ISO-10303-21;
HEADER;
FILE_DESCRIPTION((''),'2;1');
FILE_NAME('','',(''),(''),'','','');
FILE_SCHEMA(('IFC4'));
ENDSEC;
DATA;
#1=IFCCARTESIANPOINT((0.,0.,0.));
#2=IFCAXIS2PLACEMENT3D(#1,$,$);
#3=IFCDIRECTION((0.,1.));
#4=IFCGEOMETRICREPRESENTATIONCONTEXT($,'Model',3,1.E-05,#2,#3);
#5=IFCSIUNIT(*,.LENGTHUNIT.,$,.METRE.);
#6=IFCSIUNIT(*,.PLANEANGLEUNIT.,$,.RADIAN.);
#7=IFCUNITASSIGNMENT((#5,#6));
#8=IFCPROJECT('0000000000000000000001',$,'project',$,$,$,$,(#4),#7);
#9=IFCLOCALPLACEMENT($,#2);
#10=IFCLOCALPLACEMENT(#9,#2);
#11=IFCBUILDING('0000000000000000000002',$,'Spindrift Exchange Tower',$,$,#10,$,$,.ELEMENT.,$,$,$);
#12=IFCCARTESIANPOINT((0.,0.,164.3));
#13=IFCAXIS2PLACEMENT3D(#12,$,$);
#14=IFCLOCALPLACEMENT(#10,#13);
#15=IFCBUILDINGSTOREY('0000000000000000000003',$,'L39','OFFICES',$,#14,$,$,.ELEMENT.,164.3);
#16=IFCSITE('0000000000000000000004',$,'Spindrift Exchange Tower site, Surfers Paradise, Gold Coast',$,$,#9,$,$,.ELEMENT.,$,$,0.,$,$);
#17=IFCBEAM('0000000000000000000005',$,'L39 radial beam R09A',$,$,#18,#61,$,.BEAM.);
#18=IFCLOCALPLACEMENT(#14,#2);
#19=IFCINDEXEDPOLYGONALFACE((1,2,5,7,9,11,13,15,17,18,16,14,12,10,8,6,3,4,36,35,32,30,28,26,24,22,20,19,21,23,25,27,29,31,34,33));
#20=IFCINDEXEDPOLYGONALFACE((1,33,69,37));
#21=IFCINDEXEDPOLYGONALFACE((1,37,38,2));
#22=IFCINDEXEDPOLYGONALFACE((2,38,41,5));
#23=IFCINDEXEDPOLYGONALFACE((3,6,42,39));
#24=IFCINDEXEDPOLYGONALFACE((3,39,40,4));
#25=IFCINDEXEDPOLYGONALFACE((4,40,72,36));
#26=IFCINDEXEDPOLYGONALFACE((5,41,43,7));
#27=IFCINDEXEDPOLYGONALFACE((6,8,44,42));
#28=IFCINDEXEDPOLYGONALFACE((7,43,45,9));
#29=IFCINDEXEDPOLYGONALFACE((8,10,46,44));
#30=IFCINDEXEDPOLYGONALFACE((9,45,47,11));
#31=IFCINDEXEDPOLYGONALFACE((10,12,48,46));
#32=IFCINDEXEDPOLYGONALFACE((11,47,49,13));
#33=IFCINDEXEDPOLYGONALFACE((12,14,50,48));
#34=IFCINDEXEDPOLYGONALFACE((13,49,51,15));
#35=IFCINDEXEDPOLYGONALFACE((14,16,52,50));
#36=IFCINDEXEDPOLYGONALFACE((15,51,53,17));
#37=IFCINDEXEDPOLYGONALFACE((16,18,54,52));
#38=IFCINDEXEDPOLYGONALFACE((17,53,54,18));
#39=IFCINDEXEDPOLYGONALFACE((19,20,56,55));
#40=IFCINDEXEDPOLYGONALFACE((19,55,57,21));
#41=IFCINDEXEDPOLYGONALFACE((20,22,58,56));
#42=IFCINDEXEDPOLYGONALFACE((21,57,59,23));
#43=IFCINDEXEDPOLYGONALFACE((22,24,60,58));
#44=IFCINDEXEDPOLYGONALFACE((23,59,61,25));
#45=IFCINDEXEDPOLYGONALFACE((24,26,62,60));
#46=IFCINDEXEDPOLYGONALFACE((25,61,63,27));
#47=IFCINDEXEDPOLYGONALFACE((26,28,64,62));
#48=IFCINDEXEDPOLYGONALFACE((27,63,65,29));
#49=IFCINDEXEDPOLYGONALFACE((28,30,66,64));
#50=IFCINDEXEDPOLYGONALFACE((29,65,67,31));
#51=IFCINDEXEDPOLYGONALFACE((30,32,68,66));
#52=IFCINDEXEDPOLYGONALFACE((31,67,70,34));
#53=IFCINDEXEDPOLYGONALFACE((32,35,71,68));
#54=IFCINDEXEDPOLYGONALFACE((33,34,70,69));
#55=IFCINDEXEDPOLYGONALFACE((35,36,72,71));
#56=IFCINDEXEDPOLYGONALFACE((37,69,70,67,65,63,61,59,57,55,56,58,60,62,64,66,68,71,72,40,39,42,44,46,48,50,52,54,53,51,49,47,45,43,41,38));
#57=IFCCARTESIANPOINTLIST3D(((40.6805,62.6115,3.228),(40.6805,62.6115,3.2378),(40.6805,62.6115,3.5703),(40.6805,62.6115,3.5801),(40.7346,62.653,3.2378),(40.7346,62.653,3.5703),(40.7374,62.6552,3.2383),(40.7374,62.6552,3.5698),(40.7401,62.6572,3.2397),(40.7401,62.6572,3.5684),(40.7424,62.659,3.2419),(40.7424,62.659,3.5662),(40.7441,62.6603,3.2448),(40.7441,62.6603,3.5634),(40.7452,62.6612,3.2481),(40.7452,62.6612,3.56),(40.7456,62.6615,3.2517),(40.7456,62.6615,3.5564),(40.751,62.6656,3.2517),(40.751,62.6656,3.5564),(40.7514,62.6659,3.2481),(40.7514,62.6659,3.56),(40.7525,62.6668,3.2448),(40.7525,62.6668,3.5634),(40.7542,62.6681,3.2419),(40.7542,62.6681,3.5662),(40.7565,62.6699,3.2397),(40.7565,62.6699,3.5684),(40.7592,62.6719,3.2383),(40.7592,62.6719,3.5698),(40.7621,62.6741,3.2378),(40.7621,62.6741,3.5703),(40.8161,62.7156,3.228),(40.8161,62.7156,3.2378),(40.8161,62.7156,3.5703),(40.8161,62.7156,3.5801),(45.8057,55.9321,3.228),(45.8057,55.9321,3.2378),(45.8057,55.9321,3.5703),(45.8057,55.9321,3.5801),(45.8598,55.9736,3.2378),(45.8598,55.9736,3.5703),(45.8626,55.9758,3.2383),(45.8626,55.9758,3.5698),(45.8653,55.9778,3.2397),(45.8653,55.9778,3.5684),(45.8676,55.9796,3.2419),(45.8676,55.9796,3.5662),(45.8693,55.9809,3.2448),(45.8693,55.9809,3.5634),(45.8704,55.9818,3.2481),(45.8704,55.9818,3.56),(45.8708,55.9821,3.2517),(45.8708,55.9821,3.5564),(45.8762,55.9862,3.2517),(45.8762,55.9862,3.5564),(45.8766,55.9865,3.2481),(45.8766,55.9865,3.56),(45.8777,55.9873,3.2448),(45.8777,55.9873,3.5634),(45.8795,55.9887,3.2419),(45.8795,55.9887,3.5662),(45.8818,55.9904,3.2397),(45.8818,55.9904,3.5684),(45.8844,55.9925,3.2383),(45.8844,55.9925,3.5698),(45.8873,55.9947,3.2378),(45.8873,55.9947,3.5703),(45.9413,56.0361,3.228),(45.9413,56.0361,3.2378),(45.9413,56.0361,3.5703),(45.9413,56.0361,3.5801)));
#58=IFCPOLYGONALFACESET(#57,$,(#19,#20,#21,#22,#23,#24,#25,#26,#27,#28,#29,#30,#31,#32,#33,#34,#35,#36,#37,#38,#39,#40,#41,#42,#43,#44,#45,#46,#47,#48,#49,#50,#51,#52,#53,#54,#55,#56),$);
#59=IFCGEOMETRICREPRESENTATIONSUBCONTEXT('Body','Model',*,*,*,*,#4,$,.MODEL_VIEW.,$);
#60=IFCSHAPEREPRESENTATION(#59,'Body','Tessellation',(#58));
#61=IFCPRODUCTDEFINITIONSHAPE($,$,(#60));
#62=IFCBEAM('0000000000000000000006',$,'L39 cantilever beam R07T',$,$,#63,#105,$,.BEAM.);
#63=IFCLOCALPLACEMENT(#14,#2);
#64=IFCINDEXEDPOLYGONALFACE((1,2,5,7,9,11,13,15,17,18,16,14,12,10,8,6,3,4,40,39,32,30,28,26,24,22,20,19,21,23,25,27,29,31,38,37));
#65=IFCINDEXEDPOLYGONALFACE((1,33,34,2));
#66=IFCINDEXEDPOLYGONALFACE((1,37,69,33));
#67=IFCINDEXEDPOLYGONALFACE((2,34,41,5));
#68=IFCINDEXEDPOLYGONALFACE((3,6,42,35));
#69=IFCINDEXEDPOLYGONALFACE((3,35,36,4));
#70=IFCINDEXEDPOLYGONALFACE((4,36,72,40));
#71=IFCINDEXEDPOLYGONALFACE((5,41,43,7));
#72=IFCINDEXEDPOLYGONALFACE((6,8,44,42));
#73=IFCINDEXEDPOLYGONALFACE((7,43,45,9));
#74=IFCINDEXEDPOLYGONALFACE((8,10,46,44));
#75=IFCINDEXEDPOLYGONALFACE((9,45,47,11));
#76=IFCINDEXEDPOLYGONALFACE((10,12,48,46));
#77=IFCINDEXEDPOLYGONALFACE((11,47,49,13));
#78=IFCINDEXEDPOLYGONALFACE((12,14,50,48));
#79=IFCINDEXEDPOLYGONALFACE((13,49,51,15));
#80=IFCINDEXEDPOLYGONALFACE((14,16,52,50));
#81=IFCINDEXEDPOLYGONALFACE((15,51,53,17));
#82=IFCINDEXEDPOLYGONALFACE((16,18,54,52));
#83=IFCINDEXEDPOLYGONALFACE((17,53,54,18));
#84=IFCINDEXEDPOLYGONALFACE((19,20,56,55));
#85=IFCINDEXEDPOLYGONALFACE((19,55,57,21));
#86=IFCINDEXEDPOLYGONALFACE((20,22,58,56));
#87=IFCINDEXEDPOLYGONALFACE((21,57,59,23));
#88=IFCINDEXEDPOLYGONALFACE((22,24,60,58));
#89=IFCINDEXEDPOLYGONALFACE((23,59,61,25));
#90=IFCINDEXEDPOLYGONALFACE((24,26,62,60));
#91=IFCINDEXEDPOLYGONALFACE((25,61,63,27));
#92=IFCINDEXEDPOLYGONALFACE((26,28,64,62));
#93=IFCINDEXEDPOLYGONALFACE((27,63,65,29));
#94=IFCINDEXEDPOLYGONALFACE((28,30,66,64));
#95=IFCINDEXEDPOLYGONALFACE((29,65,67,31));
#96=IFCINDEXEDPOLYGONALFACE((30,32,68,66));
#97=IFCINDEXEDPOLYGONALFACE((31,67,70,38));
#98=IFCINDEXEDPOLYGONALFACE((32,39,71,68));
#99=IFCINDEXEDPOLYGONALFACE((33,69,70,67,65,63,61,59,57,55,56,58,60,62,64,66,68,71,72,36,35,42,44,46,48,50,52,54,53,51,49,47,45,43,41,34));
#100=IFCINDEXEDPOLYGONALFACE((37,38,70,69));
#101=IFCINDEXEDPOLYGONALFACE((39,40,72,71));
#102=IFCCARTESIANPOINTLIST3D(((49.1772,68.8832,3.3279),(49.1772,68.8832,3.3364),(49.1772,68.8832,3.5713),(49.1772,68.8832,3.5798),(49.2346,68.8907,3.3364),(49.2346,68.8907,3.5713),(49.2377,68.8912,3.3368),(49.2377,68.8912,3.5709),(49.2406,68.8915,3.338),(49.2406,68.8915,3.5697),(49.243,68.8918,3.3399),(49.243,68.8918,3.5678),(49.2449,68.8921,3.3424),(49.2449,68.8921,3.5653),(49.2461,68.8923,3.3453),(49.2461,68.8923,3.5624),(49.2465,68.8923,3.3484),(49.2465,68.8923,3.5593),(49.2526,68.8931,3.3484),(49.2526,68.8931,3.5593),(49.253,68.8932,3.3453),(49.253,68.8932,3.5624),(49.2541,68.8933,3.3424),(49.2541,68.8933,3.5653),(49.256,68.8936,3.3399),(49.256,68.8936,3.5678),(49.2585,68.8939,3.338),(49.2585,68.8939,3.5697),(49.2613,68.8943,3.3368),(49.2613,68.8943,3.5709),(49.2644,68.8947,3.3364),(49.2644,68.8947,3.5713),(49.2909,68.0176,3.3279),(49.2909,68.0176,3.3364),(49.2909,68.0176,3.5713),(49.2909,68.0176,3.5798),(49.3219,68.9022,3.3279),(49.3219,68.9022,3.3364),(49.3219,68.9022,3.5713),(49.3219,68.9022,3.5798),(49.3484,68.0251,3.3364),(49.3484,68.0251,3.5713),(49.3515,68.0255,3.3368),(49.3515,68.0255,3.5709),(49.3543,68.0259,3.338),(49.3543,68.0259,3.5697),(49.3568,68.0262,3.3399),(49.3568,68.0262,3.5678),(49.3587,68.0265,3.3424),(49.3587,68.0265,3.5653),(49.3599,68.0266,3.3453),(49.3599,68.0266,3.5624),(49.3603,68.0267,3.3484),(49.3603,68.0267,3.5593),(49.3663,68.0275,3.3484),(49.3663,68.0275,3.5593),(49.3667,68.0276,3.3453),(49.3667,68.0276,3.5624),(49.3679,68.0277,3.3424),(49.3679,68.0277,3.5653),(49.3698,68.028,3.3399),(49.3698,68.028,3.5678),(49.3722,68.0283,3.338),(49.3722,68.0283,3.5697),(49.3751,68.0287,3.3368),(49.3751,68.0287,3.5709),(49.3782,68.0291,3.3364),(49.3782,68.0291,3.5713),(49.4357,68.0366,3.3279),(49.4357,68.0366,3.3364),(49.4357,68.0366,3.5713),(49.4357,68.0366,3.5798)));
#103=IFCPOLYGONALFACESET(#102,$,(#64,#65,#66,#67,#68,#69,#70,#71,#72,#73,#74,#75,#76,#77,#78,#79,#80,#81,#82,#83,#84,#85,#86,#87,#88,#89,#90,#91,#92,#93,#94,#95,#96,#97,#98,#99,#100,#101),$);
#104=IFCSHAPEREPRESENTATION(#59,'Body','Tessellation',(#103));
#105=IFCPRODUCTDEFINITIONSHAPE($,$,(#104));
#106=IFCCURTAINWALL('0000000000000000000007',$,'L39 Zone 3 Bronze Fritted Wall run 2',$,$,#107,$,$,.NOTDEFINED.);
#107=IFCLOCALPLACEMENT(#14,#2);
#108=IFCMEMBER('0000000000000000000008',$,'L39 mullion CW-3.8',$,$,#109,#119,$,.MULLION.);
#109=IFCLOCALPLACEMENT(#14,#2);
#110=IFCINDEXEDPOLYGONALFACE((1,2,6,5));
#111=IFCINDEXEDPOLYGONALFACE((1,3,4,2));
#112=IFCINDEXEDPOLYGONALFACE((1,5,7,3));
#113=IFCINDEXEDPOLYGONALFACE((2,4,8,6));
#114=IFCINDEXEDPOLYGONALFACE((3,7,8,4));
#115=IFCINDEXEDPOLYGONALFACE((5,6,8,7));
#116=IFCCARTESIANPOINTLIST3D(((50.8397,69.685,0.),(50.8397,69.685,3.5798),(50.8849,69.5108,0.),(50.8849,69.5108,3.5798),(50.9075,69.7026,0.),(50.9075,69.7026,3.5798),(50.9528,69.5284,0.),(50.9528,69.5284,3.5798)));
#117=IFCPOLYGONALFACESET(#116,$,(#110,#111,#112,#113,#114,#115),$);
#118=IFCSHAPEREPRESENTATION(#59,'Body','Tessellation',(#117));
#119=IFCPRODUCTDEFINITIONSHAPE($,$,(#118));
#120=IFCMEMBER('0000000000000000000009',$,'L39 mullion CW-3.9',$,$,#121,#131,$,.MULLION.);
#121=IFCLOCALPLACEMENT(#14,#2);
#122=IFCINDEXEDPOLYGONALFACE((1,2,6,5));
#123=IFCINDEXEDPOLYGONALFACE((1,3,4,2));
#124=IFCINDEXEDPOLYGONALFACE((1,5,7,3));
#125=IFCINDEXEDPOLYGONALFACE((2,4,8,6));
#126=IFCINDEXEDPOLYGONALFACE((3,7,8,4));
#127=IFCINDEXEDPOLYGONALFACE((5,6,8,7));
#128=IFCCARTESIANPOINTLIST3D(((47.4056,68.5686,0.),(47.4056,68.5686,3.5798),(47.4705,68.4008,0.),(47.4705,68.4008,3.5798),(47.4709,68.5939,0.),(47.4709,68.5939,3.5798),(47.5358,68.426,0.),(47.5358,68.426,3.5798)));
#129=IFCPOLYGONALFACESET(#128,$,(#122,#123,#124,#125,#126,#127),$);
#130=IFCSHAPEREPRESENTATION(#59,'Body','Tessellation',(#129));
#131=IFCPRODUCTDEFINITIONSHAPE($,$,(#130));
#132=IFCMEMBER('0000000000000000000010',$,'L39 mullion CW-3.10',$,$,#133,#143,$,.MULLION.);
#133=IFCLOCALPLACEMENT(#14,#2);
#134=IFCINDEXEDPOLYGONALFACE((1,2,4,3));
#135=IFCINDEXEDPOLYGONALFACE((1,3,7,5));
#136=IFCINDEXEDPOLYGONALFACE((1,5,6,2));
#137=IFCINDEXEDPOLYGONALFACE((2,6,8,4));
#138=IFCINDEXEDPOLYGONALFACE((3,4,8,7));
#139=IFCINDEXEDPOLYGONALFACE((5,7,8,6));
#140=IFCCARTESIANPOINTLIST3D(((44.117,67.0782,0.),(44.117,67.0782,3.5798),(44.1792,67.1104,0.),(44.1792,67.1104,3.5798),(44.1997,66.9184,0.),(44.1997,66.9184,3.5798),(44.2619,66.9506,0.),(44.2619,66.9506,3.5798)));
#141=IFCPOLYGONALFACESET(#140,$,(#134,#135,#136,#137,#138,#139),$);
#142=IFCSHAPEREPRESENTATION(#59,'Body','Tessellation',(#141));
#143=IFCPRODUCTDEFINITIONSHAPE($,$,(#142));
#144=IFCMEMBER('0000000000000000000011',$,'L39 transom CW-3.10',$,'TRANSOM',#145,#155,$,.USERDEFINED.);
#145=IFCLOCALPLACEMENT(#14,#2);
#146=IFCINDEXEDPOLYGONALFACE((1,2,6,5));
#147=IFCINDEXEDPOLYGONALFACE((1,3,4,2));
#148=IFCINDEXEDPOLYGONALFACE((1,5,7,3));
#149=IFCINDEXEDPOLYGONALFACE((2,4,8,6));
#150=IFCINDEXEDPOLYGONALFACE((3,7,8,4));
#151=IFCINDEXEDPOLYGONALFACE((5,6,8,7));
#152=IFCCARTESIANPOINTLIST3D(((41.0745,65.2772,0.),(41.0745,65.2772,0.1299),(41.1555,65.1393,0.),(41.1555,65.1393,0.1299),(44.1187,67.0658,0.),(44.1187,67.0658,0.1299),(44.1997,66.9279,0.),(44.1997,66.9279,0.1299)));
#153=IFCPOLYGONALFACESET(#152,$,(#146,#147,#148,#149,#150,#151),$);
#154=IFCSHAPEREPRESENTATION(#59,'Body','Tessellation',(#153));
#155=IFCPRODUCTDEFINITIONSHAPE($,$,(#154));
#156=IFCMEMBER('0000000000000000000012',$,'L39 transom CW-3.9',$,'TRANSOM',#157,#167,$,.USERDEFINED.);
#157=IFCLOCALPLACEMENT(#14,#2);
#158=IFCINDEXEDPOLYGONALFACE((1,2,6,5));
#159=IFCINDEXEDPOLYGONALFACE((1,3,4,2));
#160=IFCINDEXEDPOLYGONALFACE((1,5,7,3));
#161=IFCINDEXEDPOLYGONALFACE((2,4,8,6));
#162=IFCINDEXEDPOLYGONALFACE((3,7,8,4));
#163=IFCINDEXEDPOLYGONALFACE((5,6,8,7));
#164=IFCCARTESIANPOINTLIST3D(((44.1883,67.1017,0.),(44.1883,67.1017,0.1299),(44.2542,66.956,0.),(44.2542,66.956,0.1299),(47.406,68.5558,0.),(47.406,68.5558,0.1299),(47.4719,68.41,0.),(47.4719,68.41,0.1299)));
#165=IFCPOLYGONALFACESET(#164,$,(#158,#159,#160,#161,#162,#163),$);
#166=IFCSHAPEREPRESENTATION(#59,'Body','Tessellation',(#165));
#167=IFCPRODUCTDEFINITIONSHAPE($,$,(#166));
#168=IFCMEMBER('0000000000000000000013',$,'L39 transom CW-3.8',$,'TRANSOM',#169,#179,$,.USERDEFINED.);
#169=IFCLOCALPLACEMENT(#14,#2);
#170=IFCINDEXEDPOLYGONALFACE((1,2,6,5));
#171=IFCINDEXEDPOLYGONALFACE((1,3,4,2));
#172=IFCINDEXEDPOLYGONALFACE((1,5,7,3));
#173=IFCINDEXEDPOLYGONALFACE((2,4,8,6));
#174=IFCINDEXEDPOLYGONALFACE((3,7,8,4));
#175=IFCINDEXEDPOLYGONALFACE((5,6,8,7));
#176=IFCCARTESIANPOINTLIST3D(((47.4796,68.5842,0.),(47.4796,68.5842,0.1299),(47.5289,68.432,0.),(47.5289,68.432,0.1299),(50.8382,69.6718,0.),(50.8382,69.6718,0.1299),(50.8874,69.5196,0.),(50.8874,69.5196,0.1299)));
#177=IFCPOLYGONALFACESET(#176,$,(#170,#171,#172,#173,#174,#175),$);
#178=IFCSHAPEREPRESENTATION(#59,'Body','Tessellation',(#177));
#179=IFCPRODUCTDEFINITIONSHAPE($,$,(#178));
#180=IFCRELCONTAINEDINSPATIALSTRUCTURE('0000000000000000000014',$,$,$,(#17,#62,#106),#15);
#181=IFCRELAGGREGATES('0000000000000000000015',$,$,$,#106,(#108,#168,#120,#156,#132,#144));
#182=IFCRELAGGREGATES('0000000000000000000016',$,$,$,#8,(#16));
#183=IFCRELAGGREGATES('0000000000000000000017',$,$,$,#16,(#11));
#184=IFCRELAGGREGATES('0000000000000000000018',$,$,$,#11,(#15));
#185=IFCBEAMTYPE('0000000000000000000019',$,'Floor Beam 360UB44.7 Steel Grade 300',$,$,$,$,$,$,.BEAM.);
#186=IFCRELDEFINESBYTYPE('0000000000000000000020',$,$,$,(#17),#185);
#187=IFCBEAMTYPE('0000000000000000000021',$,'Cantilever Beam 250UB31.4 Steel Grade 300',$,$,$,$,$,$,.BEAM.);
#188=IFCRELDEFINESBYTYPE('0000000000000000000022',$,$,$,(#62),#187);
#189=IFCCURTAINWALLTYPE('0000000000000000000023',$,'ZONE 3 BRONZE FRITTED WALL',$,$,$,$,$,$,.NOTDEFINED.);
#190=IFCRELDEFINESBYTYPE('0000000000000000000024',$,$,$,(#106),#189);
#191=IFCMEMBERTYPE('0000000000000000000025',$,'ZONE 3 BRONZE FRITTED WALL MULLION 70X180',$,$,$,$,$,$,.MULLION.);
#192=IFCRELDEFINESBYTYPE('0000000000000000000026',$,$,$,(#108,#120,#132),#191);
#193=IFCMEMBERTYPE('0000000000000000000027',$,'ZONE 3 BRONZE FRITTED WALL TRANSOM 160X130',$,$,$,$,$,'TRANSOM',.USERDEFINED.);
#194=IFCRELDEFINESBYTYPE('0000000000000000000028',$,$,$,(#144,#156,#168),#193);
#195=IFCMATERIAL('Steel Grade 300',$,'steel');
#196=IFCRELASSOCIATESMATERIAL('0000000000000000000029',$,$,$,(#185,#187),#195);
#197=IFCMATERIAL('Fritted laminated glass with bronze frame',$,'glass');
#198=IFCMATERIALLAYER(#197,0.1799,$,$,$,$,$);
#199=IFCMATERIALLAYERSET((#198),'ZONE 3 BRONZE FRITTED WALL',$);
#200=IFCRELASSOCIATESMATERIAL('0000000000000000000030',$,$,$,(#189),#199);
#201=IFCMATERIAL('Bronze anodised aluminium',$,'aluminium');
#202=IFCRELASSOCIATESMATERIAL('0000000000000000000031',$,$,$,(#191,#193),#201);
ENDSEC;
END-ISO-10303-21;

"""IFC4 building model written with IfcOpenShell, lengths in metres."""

from ifc_helpers import new_model, si_unit, direction, frame, origin, origin_2d, place, context, subcontext, project, spatial, rectangle, i_section, extrude, source, transform, mapped, material, layer, layer_set, material_profile, profile_set, type_object, element, aggregate, save


model = new_model("IFC4")

# Units and contexts
model_context = context("Model", 3, precision=1e-05, world=origin(), true_north=direction((0.0, 1.0)))
body_context = subcontext(model_context, "Body", "Model", "MODEL_VIEW")
ifc_project = project(units=[si_unit("LENGTHUNIT", "METRE"), si_unit("PLANEANGLEUNIT", "RADIAN")], contexts=[model_context])

# Site, building, storey
site_placement = place(None, origin())
site = spatial("IfcSite", under=ifc_project, at=site_placement, Name="Spindrift Exchange Tower site, Surfers Paradise, Gold Coast", CompositionType="ELEMENT", RefElevation=0.0)
building_placement = place(site_placement, origin())
building = spatial("IfcBuilding", under=site, at=building_placement, Name="Spindrift Exchange Tower", CompositionType="ELEMENT")
storey_placement = place(building_placement, frame((0.0, 0.0, 164.3)))
storey = spatial("IfcBuildingStorey", under=building, at=storey_placement, Name="L39", Description="OFFICES", CompositionType="ELEMENT", Elevation=164.3)

# Beams
ifc_material_1 = material(Name="Steel Grade 300", Category="steel")
ifc_material_profile_1 = material_profile(ifc_material_1, i_section(OverallWidth=0.1709, OverallDepth=0.3521, WebThickness=0.0068, FlangeThickness=0.0098, FilletRadius=0.0139, at=origin_2d()), Name="360UB44.7")
ifc_profile_set_1 = profile_set([ifc_material_profile_1], Name="Steel Grade 300")
beam_type_1 = type_object("IfcBeamType", Name="Floor Beam 360UB44.7 Steel Grade 300", PredefinedType="BEAM", material=ifc_profile_set_1)
shared_shape_1 = source(origin(), body_context, "Body", "SweptSolid", [
    extrude(i_section(OverallWidth=0.1709, OverallDepth=0.3521, WebThickness=0.0068, FlangeThickness=0.0098, FilletRadius=0.0139, at=origin_2d()), origin(), (0.0, 0.0, 1.0), 8.4192),
])
beam_1_placement = place(storey_placement, frame((45.8735, 55.9841, 3.4041), z_axis=(-0.608756, 0.793358, 0.0), x_axis=(-0.793358, -0.608756, 0.0)))
element("IfcBeam", 1, at=beam_1_placement, inside=storey, type_object=beam_type_1, Name="L39 radial beam R09A", PredefinedType="BEAM", context=body_context, shape_type="MappedRepresentation", body=[
    mapped(shared_shape_1, transform((0.0, 0.0, 0.0), scale=1.0)),
])
ifc_material_profile_2 = material_profile(ifc_material_1, i_section(OverallWidth=0.146, OverallDepth=0.252, WebThickness=0.0061, FlangeThickness=0.0085, FilletRadius=0.012, at=origin_2d()), Name="250UB31.4")
ifc_profile_set_2 = profile_set([ifc_material_profile_2], Name="Steel Grade 300")
beam_type_2 = type_object("IfcBeamType", Name="Cantilever Beam 250UB31.4 Steel Grade 300", PredefinedType="BEAM", material=ifc_profile_set_2)
shared_shape_2 = source(origin(), body_context, "Body", "SweptSolid", [
    extrude(i_section(OverallWidth=0.146, OverallDepth=0.252, WebThickness=0.0061, FlangeThickness=0.0085, FilletRadius=0.012, at=origin_2d()), origin(), (0.0, 0.0, 1.0), 0.873),
])
beam_2_placement = place(storey_placement, frame((49.3633, 68.0271, 3.4539), z_axis=(-0.130295, 0.991475, 0.0), x_axis=(-0.991475, -0.130295, 0.0)))
element("IfcBeam", 2, at=beam_2_placement, inside=storey, type_object=beam_type_2, Name="L39 cantilever beam R07T", PredefinedType="BEAM", context=body_context, shape_type="MappedRepresentation", body=[
    mapped(shared_shape_2, transform((0.0, 0.0, 0.0), scale=1.0)),
])

# Curtain wall, members
ifc_material_2 = material(Name="Fritted laminated glass with bronze frame", Category="glass")
ifc_layer_1 = layer(ifc_material_2, 0.1799)
ifc_layer_set_1 = layer_set([ifc_layer_1], Name="ZONE 3 BRONZE FRITTED WALL")
curtain_wall_type = type_object("IfcCurtainWallType", Name="ZONE 3 BRONZE FRITTED WALL", PredefinedType="NOTDEFINED", material=ifc_layer_set_1)
curtain_wall_placement = place(storey_placement, origin())
curtain_wall = element("IfcCurtainWall", 3, at=curtain_wall_placement, inside=storey, type_object=curtain_wall_type, Name="L39 Zone 3 Bronze Fritted Wall run 2", PredefinedType="NOTDEFINED")
ifc_material_3 = material(Name="Bronze anodised aluminium", Category="aluminium")
ifc_material_profile_3 = material_profile(ifc_material_3, rectangle(XDim=0.0701, YDim=0.1799, at=origin_2d()), Name="ZONE 3 BRONZE FRITTED WALL MULLION 70X180")
ifc_profile_set_3 = profile_set([ifc_material_profile_3], Name="Bronze anodised aluminium")
member_type_1 = type_object("IfcMemberType", Name="ZONE 3 BRONZE FRITTED WALL MULLION 70X180", PredefinedType="MULLION", material=ifc_profile_set_3)
shared_shape_3 = source(origin(), body_context, "Body", "SweptSolid", [
    extrude(rectangle(XDim=0.0701, YDim=0.1799, at=origin_2d()), origin(), (0.0, 0.0, 1.0), 3.5798),
])
member_1_placement = place(storey_placement, frame((50.8962, 69.6067, 0.0), z_axis=(0.0, 0.0, 1.0), x_axis=(-0.967903, -0.251325, 0.0)))
member_1 = element("IfcMember", 4, at=member_1_placement, type_object=member_type_1, Name="L39 mullion CW-3.8", PredefinedType="MULLION", context=body_context, shape_type="MappedRepresentation", body=[
    mapped(shared_shape_3, transform((0.0, 0.0, 0.0), scale=1.0)),
])
member_2_placement = place(storey_placement, frame((47.4707, 68.4973, 0.0), z_axis=(0.0, 0.0, 1.0), x_axis=(-0.93276, -0.360499, 0.0)))
member_2 = element("IfcMember", 5, at=member_2_placement, type_object=member_type_1, Name="L39 mullion CW-3.9", PredefinedType="MULLION", context=body_context, shape_type="MappedRepresentation", body=[
    mapped(shared_shape_3, transform((0.0, 0.0, 0.0), scale=1.0)),
])
member_3_placement = place(storey_placement, frame((44.1895, 67.0144, 0.0), z_axis=(0.0, 0.0, 1.0), x_axis=(-0.888016, -0.459812, 0.0)))
member_3 = element("IfcMember", 6, at=member_3_placement, type_object=member_type_1, Name="L39 mullion CW-3.10", PredefinedType="MULLION", context=body_context, shape_type="MappedRepresentation", body=[
    mapped(shared_shape_3, transform((0.0, 0.0, 0.0), scale=1.0)),
])
ifc_material_profile_4 = material_profile(ifc_material_3, rectangle(XDim=0.1599, YDim=0.1299, at=origin_2d()), Name="ZONE 3 BRONZE FRITTED WALL TRANSOM 160X130")
ifc_profile_set_4 = profile_set([ifc_material_profile_4], Name="Bronze anodised aluminium")
member_type_2 = type_object("IfcMemberType", Name="ZONE 3 BRONZE FRITTED WALL TRANSOM 160X130", ElementType="TRANSOM", PredefinedType="USERDEFINED", material=ifc_profile_set_4)
shared_shape_4 = source(origin(), body_context, "Body", "SweptSolid", [
    extrude(rectangle(XDim=0.1599, YDim=0.1299, at=origin_2d()), origin(), (0.0, 0.0, 1.0), 3.5308),
])
member_4_placement = place(storey_placement, frame((44.1592, 66.9968, 0.0649), z_axis=(-0.862197, -0.506573, 0.0), x_axis=(0.506573, -0.862197, 0.0)))
member_4 = element("IfcMember", 7, at=member_4_placement, type_object=member_type_2, Name="L39 transom CW-3.10", ObjectType="TRANSOM", PredefinedType="USERDEFINED", context=body_context, shape_type="MappedRepresentation", body=[
    mapped(shared_shape_4, transform((0.0, 0.0, 0.0), scale=1.0)),
])
shared_shape_5 = source(origin(), body_context, "Body", "SweptSolid", [
    extrude(rectangle(XDim=0.1599, YDim=0.1299, at=origin_2d()), origin(), (0.0, 0.0, 1.0), 3.531),
])
member_5_placement = place(storey_placement, frame((47.439, 68.4829, 0.0649), z_axis=(-0.911274, -0.411802, 0.0), x_axis=(0.411802, -0.911274, 0.0)))
member_5 = element("IfcMember", 8, at=member_5_placement, type_object=member_type_2, Name="L39 transom CW-3.9", ObjectType="TRANSOM", PredefinedType="USERDEFINED", context=body_context, shape_type="MappedRepresentation", body=[
    mapped(shared_shape_5, transform((0.0, 0.0, 0.0), scale=1.0)),
])
shared_shape_6 = source(origin(), body_context, "Body", "SweptSolid", [
    extrude(rectangle(XDim=0.1599, YDim=0.1299, at=origin_2d()), origin(), (0.0, 0.0, 1.0), 3.5303),
])
member_6_placement = place(storey_placement, frame((50.8628, 69.5957, 0.0649), z_axis=(-0.951359, -0.308084, 0.0), x_axis=(0.308084, -0.951359, 0.0)))
member_6 = element("IfcMember", 9, at=member_6_placement, type_object=member_type_2, Name="L39 transom CW-3.8", ObjectType="TRANSOM", PredefinedType="USERDEFINED", context=body_context, shape_type="MappedRepresentation", body=[
    mapped(shared_shape_6, transform((0.0, 0.0, 0.0), scale=1.0)),
])
aggregate(curtain_wall, [member_1, member_6, member_2, member_5, member_3, member_4])

save(model, "model.ifc")
